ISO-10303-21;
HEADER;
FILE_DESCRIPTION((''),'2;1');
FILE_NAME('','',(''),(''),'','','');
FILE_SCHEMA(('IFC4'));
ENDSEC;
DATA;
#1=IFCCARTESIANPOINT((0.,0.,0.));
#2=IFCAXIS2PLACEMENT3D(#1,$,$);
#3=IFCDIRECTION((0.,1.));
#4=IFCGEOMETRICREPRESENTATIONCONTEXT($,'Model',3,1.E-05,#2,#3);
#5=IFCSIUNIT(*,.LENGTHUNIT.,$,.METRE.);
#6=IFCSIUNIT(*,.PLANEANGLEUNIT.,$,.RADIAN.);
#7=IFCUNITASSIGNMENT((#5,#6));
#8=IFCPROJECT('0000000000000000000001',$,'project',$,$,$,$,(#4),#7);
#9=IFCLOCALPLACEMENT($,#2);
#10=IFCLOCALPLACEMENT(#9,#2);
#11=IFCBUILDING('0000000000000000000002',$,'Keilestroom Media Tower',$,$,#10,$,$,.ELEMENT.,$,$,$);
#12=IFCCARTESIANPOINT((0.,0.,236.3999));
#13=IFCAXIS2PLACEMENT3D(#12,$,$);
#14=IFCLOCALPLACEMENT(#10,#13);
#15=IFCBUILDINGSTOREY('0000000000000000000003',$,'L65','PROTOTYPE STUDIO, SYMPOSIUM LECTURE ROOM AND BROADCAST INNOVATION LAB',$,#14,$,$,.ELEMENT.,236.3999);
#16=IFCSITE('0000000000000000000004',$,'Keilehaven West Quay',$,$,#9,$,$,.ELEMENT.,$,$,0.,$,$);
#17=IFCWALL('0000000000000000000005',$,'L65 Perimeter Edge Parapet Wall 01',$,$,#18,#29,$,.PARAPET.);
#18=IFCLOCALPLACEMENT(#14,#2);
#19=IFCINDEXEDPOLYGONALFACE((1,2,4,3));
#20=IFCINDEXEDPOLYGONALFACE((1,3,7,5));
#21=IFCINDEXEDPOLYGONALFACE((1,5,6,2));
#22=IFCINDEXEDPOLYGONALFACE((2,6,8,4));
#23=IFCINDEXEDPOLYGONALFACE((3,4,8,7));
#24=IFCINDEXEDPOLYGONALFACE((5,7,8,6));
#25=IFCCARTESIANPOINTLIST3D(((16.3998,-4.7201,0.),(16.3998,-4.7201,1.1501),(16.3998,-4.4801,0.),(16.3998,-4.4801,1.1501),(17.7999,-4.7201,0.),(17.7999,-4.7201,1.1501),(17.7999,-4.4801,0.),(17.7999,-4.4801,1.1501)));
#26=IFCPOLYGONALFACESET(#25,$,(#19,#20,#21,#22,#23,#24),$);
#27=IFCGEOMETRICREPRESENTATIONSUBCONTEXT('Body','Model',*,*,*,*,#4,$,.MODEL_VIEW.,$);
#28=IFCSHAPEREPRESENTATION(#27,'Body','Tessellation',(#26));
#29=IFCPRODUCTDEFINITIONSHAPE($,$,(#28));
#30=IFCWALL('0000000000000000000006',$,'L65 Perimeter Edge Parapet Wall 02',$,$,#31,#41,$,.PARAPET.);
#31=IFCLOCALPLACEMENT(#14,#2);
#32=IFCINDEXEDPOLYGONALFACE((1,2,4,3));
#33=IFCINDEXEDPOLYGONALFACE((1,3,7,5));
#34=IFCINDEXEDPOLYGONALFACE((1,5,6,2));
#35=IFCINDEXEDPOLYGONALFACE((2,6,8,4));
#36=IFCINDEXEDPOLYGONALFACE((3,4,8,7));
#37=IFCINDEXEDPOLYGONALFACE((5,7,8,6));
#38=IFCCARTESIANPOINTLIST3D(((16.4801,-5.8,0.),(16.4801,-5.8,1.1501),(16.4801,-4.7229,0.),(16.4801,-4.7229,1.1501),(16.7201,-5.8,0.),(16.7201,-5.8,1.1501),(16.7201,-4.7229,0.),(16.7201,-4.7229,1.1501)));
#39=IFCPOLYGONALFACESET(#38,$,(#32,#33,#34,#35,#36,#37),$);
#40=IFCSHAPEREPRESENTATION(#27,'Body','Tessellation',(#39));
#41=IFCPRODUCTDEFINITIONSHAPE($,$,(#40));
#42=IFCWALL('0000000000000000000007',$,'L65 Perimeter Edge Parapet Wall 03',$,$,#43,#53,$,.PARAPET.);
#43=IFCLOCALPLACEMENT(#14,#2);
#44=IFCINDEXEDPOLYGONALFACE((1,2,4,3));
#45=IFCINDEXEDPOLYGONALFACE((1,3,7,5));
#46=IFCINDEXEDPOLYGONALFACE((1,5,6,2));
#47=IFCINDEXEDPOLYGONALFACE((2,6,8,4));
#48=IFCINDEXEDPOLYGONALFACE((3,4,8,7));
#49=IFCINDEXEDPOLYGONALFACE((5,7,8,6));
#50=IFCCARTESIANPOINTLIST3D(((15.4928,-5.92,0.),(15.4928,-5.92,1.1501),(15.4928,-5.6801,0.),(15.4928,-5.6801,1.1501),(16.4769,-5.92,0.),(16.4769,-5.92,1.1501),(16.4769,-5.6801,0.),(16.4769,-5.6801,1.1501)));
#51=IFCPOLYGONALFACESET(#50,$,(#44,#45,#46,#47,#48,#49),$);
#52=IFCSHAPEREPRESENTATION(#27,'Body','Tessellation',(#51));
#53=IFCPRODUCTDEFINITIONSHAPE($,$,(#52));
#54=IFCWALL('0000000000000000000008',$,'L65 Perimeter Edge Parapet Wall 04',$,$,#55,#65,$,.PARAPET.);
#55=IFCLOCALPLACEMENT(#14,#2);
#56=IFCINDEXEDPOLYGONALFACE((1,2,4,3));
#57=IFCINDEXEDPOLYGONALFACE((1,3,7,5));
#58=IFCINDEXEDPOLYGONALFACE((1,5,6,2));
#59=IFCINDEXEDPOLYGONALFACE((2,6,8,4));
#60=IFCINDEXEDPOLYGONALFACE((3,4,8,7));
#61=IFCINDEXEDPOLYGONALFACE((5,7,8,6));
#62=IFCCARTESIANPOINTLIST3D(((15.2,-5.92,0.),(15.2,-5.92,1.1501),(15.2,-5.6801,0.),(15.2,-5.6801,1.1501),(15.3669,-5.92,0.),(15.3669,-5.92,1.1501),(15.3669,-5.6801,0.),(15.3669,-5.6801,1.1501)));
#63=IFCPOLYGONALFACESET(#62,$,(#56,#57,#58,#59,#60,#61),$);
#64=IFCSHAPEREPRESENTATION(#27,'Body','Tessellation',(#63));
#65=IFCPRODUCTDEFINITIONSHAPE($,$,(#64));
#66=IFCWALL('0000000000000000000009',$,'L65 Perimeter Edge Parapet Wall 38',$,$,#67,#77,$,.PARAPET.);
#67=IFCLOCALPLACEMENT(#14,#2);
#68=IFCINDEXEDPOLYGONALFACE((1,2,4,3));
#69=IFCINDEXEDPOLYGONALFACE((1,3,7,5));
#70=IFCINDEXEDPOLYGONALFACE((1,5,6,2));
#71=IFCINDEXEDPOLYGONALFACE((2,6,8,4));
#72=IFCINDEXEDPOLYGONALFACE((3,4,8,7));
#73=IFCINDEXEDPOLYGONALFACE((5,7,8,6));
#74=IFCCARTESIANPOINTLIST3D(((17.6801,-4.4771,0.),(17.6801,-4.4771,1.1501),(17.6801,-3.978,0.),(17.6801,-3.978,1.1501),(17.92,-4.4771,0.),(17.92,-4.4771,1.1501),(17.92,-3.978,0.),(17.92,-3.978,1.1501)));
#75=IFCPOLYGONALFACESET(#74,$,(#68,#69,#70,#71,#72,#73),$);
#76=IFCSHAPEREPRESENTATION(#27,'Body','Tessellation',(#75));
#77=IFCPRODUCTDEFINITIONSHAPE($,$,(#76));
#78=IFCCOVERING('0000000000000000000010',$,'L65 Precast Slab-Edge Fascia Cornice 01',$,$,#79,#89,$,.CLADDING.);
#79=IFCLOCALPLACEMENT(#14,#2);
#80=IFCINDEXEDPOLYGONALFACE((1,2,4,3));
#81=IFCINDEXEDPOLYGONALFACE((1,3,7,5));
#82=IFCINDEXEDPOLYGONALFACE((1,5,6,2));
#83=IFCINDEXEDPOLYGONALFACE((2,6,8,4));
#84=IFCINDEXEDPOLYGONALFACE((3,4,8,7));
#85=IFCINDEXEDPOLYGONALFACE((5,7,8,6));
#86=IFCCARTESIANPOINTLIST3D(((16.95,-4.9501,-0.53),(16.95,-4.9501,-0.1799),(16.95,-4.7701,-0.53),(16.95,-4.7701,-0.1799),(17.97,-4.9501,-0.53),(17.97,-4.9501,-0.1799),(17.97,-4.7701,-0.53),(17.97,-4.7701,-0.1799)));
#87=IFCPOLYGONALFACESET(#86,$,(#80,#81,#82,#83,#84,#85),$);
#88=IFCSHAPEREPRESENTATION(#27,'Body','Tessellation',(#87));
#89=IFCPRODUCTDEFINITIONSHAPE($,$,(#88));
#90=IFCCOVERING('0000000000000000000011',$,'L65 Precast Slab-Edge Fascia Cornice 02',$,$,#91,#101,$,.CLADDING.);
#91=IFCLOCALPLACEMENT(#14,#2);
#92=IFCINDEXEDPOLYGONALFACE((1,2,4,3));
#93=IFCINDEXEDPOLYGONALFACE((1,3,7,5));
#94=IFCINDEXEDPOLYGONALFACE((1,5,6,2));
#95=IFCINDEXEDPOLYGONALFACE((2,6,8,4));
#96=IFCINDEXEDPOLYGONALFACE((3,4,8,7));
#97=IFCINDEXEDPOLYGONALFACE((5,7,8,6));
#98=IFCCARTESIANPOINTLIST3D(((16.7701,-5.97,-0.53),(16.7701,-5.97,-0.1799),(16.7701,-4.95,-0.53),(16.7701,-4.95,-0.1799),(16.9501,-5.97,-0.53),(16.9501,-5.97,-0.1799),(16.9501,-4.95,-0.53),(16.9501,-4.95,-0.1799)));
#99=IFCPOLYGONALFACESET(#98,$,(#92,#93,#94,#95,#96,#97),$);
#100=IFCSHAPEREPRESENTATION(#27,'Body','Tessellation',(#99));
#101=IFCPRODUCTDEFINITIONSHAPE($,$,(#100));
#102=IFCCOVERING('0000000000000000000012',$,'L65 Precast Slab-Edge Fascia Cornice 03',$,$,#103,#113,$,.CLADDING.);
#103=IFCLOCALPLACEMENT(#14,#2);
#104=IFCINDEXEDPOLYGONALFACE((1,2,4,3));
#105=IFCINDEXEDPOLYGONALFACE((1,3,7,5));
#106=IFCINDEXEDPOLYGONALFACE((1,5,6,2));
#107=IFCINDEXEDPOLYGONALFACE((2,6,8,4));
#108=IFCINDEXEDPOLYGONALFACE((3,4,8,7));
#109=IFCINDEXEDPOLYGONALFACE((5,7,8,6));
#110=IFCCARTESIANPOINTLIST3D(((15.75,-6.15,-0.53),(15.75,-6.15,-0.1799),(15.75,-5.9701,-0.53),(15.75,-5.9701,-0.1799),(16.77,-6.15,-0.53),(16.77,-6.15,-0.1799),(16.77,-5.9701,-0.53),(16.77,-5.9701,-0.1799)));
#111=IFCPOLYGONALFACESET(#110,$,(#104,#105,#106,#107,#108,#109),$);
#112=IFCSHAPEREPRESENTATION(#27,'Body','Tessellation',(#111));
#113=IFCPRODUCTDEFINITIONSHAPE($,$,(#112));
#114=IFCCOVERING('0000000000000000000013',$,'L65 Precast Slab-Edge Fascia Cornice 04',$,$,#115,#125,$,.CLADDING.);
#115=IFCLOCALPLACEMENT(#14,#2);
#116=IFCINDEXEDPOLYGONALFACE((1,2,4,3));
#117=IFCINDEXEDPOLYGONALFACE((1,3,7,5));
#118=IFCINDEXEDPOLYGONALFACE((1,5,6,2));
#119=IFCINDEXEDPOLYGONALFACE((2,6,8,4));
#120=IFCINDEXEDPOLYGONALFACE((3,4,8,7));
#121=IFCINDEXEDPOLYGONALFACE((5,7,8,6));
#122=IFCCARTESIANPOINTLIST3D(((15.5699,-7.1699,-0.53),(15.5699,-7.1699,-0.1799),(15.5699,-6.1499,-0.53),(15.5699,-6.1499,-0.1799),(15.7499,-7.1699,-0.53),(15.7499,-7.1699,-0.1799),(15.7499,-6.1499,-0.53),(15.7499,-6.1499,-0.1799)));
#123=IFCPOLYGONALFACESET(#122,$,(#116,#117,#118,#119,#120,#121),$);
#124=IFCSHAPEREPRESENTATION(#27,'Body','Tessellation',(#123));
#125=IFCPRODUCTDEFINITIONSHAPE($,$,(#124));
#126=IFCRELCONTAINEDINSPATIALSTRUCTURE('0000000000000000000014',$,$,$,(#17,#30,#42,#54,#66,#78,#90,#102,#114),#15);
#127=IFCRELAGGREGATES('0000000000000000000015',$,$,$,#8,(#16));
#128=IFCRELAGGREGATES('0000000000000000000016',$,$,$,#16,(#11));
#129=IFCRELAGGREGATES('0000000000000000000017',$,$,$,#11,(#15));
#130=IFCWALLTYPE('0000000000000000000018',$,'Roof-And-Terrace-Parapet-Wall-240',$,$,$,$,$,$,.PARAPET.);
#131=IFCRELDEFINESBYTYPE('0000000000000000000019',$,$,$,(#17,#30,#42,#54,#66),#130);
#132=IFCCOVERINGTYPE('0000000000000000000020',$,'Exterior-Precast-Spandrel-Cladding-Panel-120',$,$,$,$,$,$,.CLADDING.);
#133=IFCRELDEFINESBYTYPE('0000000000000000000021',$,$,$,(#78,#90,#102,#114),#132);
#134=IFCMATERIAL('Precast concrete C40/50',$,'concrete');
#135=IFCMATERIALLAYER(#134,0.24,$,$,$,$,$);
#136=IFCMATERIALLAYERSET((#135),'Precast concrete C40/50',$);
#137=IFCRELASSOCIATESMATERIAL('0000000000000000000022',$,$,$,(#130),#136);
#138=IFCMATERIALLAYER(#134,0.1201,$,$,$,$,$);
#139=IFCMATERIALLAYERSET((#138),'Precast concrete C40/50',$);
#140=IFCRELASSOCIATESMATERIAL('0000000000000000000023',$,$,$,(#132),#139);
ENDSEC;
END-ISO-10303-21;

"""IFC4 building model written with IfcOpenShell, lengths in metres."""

from ifc_helpers import new_model, si_unit, direction, frame, frame_2d, origin, origin_2d, place, context, subcontext, project, spatial, rectangle, extrude, source, transform, mapped, material, layer, layer_set, type_object, element, save


model = new_model("IFC4")

# Units and contexts
model_context = context("Model", 3, precision=1e-05, world=origin(), true_north=direction((0.0, 1.0)))
body_context = subcontext(model_context, "Body", "Model", "MODEL_VIEW")
ifc_project = project(units=[si_unit("LENGTHUNIT", "METRE"), si_unit("PLANEANGLEUNIT", "RADIAN")], contexts=[model_context])

# Site, building, storey
site_placement = place(None, origin())
site = spatial("IfcSite", under=ifc_project, at=site_placement, Name="Keilehaven West Quay", CompositionType="ELEMENT", RefElevation=0.0)
building_placement = place(site_placement, origin())
building = spatial("IfcBuilding", under=site, at=building_placement, Name="Keilestroom Media Tower", CompositionType="ELEMENT")
storey_placement = place(building_placement, frame((0.0, 0.0, 236.3999)))
storey = spatial("IfcBuildingStorey", under=building, at=storey_placement, Name="L65", Description="PROTOTYPE STUDIO, SYMPOSIUM LECTURE ROOM AND BROADCAST INNOVATION LAB", CompositionType="ELEMENT", Elevation=236.3999)

# Shared definitions
ifc_material_1 = material(Name="Precast concrete C40/50", Category="concrete")

# Walls
ifc_layer_1 = layer(ifc_material_1, 0.24)
ifc_layer_set_1 = layer_set([ifc_layer_1], Name="Precast concrete C40/50")
wall_type = type_object("IfcWallType", Name="Roof-And-Terrace-Parapet-Wall-240", PredefinedType="PARAPET", material=ifc_layer_set_1)
wall_1_placement = place(storey_placement, frame((17.8, -4.6001, 0.0), z_axis=(0.0, 0.0, 1.0), x_axis=(-1.0, 0.0, 0.0)))
element("IfcWall", 1, at=wall_1_placement, inside=storey, type_object=wall_type, Name="L65 Perimeter Edge Parapet Wall 01", PredefinedType="PARAPET", context=body_context, shape_type="SweptSolid", body=[
    extrude(rectangle(XDim=1.4001, YDim=0.24, at=frame_2d((0.7002, 0.0))), origin(), (0.0, 0.0, 1.0), 1.1501),
])
wall_2_placement = place(storey_placement, frame((16.6001, -4.7229, 0.0), z_axis=(0.0, 0.0, 1.0), x_axis=(0.0, -1.0, 0.0)))
element("IfcWall", 2, at=wall_2_placement, inside=storey, type_object=wall_type, Name="L65 Perimeter Edge Parapet Wall 02", PredefinedType="PARAPET", context=body_context, shape_type="SweptSolid", body=[
    extrude(rectangle(XDim=1.0771, YDim=0.24, at=frame_2d((0.5386, 0.0))), origin(), (0.0, 0.0, 1.0), 1.1501),
])
wall_3_placement = place(storey_placement, frame((16.4771, -5.8, 0.0), z_axis=(0.0, 0.0, 1.0), x_axis=(-1.0, 0.0, 0.0)))
element("IfcWall", 3, at=wall_3_placement, inside=storey, type_object=wall_type, Name="L65 Perimeter Edge Parapet Wall 03", PredefinedType="PARAPET", context=body_context, shape_type="SweptSolid", body=[
    extrude(rectangle(XDim=0.9841, YDim=0.24, at=frame_2d((0.4922, 0.0))), origin(), (0.0, 0.0, 1.0), 1.1501),
])
wall_4_placement = place(storey_placement, frame((15.3669, -5.8, 0.0), z_axis=(0.0, 0.0, 1.0), x_axis=(-1.0, 0.0, 0.0)))
element("IfcWall", 4, at=wall_4_placement, inside=storey, type_object=wall_type, Name="L65 Perimeter Edge Parapet Wall 04", PredefinedType="PARAPET", context=body_context, shape_type="SweptSolid", body=[
    extrude(rectangle(XDim=0.167, YDim=0.24, at=frame_2d((0.0835, 0.0))), origin(), (0.0, 0.0, 1.0), 1.1501),
])
wall_5_placement = place(storey_placement, frame((17.8, -3.978, 0.0), z_axis=(0.0, 0.0, 1.0), x_axis=(0.0, -1.0, 0.0)))
element("IfcWall", 5, at=wall_5_placement, inside=storey, type_object=wall_type, Name="L65 Perimeter Edge Parapet Wall 38", PredefinedType="PARAPET", context=body_context, shape_type="SweptSolid", body=[
    extrude(rectangle(XDim=0.499, YDim=0.24, at=frame_2d((0.2495, 0.0))), origin(), (0.0, 0.0, 1.0), 1.1501),
])

# Coverings
ifc_layer_2 = layer(ifc_material_1, 0.1201)
ifc_layer_set_2 = layer_set([ifc_layer_2], Name="Precast concrete C40/50")
covering_type = type_object("IfcCoveringType", Name="Exterior-Precast-Spandrel-Cladding-Panel-120", PredefinedType="CLADDING", material=ifc_layer_set_2)
shared_shape_1 = source(origin(), body_context, "Body", "SweptSolid", [
    extrude(rectangle(XDim=1.02, YDim=0.1799, at=origin_2d()), origin(), (0.0, 0.0, 1.0), 0.3501),
])
for number, where, z_axis, x_axis, name in (
    (6, (17.46, -4.8601, -0.53), (0.0, 0.0, 1.0), (-1.0, 0.0, 0.0), "L65 Precast Slab-Edge Fascia Cornice 01"),
    (7, (16.8601, -5.46, -0.53), (0.0, 0.0, 1.0), (0.0, -1.0, 0.0), "L65 Precast Slab-Edge Fascia Cornice 02"),
    (8, (16.26, -6.0601, -0.53), (0.0, 0.0, 1.0), (-1.0, 0.0, 0.0), "L65 Precast Slab-Edge Fascia Cornice 03"),
    (9, (15.6599, -6.6599, -0.53), (0.0, 0.0, 1.0), (0.0, -1.0, 0.0), "L65 Precast Slab-Edge Fascia Cornice 04"),
):
    element("IfcCovering", number, at=place(storey_placement, frame(where, z_axis=z_axis, x_axis=x_axis)), inside=storey, type_object=covering_type, Name=name, PredefinedType="CLADDING", context=body_context, shape_type="MappedRepresentation", body=[
        mapped(shared_shape_1, transform((0.0, 0.0, 0.0), x_axis=(1.0, 0.0, 0.0), y_axis=(0.0, 1.0, 0.0), z_axis=(0.0, 0.0, 1.0), scale=1.0)),
    ])

save(model, "model.ifc")
